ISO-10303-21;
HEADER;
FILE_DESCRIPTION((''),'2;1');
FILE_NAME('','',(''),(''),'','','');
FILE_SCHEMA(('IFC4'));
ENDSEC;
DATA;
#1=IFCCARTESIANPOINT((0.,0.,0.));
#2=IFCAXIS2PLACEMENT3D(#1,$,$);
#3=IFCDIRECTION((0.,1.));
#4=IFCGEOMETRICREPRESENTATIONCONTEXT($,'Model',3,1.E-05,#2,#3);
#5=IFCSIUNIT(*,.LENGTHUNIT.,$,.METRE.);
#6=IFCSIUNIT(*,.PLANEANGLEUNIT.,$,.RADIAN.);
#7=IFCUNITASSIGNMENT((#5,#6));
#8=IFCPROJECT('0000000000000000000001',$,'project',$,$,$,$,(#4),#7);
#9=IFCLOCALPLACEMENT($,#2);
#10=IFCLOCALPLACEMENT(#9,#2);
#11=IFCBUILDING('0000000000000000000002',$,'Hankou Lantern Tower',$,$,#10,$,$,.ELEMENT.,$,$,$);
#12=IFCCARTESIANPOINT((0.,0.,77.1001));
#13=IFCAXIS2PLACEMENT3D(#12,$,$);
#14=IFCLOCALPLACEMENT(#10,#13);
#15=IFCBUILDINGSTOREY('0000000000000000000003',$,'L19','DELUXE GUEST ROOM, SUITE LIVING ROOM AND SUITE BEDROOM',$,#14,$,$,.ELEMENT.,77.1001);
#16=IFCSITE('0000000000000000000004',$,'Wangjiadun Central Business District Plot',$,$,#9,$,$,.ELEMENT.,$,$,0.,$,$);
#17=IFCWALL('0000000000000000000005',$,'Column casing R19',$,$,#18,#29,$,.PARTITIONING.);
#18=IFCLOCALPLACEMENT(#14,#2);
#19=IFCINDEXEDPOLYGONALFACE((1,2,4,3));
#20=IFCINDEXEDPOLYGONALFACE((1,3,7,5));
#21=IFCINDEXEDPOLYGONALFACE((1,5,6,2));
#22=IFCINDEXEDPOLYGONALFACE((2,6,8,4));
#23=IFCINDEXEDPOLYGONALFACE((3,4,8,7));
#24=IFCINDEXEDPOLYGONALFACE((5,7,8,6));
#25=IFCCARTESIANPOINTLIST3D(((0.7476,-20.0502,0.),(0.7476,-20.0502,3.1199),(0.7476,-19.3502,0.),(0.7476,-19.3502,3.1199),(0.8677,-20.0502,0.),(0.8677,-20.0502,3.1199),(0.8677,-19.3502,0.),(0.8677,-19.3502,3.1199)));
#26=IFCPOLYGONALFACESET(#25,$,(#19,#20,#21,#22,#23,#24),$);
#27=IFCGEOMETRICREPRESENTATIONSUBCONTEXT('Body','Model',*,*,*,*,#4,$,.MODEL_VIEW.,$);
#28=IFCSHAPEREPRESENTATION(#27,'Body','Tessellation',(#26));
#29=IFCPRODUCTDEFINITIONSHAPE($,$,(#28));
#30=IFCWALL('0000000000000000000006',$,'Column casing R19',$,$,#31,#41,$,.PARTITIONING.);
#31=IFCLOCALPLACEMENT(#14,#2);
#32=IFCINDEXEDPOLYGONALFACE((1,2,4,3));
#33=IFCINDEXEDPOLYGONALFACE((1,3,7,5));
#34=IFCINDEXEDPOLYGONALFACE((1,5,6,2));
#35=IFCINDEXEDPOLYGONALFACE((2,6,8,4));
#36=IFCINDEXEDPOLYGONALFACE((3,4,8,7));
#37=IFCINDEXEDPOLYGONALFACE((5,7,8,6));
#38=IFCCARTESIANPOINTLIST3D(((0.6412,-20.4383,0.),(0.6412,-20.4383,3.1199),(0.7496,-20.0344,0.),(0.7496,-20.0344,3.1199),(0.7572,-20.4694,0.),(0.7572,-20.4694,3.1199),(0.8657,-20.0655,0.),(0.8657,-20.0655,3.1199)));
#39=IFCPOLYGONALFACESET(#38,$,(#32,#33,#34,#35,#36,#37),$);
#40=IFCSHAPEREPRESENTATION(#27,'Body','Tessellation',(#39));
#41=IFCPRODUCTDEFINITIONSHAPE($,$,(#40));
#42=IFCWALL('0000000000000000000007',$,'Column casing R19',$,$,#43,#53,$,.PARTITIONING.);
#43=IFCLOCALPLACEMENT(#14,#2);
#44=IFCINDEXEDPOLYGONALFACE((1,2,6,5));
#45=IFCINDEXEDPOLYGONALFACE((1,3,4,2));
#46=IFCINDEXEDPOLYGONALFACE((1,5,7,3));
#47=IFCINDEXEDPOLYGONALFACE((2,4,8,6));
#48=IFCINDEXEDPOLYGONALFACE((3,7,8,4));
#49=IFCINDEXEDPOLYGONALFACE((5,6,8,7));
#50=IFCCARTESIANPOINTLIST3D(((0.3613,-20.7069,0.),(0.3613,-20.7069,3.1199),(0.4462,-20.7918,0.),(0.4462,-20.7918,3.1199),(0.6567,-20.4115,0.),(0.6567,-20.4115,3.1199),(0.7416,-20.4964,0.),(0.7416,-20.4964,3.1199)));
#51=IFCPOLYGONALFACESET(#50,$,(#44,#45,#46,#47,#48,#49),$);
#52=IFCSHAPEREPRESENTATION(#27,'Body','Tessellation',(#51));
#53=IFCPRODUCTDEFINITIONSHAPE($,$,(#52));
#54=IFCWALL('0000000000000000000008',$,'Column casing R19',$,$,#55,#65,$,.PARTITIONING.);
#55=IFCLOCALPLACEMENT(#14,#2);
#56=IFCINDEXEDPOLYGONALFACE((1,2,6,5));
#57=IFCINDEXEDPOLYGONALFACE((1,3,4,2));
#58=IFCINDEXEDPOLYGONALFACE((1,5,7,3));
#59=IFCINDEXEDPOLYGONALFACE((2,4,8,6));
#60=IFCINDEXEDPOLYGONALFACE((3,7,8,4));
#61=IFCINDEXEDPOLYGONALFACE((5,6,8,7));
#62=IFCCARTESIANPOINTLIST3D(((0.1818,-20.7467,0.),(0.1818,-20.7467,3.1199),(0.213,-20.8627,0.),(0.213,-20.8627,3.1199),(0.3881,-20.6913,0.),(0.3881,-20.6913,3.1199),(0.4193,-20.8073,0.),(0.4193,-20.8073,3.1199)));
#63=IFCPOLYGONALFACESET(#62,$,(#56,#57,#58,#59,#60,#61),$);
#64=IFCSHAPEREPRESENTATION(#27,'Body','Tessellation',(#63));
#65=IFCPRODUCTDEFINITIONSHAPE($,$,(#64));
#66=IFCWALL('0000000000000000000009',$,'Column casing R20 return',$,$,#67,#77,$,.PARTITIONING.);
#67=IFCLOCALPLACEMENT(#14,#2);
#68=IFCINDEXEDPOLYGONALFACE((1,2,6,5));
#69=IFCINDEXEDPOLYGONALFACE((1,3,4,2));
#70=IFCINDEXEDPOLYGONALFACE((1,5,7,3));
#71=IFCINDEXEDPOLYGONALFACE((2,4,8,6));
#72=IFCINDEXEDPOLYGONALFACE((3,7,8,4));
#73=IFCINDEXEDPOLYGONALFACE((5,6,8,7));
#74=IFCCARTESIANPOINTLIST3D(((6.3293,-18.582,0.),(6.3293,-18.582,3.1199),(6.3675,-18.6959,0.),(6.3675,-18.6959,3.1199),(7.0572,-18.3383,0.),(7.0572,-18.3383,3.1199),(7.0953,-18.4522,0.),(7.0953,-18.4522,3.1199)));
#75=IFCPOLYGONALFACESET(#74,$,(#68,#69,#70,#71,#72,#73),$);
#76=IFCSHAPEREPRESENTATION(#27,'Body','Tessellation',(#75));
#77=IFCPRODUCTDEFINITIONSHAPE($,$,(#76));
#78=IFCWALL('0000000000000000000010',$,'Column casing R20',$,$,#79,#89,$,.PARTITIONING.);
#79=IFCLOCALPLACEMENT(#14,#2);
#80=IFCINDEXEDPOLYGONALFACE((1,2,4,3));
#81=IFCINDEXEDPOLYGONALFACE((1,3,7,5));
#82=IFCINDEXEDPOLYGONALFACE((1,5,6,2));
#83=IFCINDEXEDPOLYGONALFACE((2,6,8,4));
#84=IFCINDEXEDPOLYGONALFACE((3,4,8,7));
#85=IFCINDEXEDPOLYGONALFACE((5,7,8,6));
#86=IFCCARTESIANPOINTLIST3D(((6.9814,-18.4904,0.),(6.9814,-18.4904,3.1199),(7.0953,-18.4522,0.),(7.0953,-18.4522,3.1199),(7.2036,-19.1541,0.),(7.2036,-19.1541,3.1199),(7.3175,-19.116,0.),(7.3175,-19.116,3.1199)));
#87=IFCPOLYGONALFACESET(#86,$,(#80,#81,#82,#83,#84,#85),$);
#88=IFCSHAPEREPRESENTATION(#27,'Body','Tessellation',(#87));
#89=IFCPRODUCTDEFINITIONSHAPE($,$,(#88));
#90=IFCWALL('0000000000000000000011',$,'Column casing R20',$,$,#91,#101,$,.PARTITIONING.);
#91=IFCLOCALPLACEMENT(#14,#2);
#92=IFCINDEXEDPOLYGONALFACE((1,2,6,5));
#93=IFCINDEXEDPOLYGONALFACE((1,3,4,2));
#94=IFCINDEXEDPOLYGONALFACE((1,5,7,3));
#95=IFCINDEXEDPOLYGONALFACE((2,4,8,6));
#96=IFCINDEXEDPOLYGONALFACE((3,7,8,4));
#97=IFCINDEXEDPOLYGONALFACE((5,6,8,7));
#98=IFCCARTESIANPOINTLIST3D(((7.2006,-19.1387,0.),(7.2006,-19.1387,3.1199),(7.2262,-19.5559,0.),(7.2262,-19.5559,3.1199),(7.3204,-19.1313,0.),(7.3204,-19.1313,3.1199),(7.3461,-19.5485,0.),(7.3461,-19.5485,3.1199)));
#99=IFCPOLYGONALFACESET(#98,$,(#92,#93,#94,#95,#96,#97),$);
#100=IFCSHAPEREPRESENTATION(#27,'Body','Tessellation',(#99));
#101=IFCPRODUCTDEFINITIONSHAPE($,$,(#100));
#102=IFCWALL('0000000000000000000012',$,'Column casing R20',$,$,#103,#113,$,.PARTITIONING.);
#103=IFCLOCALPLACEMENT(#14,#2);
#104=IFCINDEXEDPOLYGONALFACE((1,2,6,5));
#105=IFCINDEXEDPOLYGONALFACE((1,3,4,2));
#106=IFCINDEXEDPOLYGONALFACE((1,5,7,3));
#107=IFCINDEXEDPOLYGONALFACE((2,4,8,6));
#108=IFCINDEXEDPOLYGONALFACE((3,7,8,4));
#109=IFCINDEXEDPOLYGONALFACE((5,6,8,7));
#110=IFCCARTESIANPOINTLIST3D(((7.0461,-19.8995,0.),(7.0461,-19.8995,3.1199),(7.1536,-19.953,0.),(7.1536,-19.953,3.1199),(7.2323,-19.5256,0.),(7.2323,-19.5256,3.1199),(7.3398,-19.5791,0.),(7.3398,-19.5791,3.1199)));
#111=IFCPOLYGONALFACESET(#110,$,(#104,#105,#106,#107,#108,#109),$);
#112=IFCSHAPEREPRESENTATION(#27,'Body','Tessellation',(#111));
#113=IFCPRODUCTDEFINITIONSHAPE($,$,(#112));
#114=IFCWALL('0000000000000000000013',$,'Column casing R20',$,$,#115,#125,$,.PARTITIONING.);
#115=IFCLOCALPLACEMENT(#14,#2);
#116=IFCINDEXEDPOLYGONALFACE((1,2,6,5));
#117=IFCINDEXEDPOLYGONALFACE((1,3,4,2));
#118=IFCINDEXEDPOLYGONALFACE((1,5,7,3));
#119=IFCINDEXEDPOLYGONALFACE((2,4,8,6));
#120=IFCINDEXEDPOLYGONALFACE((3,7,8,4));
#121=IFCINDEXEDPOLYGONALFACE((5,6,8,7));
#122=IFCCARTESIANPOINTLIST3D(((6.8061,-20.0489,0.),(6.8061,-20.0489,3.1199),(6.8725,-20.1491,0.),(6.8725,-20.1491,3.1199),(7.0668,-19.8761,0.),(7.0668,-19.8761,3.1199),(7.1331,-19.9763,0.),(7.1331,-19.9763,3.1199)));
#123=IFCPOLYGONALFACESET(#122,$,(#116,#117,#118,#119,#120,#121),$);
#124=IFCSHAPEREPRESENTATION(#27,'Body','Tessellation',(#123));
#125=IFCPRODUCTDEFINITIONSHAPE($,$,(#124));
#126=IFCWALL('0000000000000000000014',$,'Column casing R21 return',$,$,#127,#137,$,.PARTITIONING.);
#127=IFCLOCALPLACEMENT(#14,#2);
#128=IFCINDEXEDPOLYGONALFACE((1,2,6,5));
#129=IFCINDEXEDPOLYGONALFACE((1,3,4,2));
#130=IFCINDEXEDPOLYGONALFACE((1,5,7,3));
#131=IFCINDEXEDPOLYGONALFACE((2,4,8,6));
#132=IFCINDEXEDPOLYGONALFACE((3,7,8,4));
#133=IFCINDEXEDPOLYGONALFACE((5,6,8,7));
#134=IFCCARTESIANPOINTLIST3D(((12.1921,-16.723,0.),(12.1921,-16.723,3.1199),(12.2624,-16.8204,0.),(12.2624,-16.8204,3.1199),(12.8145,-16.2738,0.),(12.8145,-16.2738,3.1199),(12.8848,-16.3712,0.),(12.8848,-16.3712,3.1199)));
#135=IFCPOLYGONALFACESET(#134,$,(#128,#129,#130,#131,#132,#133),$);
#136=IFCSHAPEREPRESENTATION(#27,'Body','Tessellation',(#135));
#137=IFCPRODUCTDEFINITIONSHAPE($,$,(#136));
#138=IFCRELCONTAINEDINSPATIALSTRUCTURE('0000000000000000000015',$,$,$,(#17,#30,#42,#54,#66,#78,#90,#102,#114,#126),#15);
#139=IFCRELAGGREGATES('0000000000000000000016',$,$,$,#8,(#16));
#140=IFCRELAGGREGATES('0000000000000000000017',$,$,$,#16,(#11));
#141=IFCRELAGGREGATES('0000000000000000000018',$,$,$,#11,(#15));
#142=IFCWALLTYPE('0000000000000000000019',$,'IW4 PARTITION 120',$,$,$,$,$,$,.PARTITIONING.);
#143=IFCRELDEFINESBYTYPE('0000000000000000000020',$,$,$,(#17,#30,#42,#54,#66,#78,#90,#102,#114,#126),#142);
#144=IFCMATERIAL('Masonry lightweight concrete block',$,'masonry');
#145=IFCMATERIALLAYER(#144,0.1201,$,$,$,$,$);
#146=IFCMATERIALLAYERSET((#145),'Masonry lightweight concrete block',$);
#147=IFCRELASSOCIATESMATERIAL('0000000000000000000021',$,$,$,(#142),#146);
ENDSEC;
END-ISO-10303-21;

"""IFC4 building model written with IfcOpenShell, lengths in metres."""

from ifc_helpers import new_model, si_unit, direction, frame, frame_2d, origin, place, context, subcontext, project, spatial, rectangle, extrude, material, layer, layer_set, type_object, element, save


model = new_model("IFC4")

# Units and contexts
model_context = context("Model", 3, precision=1e-05, world=origin(), true_north=direction((0.0, 1.0)))
body_context = subcontext(model_context, "Body", "Model", "MODEL_VIEW")
ifc_project = project(units=[si_unit("LENGTHUNIT", "METRE"), si_unit("PLANEANGLEUNIT", "RADIAN")], contexts=[model_context])

# Site, building, storey
site_placement = place(None, origin())
site = spatial("IfcSite", under=ifc_project, at=site_placement, Name="Wangjiadun Central Business District Plot", CompositionType="ELEMENT", RefElevation=0.0)
building_placement = place(site_placement, origin())
building = spatial("IfcBuilding", under=site, at=building_placement, Name="Hankou Lantern Tower", CompositionType="ELEMENT")
storey_placement = place(building_placement, frame((0.0, 0.0, 77.1001)))
storey = spatial("IfcBuildingStorey", under=building, at=storey_placement, Name="L19", Description="DELUXE GUEST ROOM, SUITE LIVING ROOM AND SUITE BEDROOM", CompositionType="ELEMENT", Elevation=77.1001)

# Walls
ifc_material_1 = material(Name="Masonry lightweight concrete block", Category="masonry")
ifc_layer_1 = layer(ifc_material_1, 0.1201)
ifc_layer_set_1 = layer_set([ifc_layer_1], Name="Masonry lightweight concrete block")
wall_type_1 = type_object("IfcWallType", Name="IW4 PARTITION 120", PredefinedType="PARTITIONING", material=ifc_layer_set_1)
wall_1_placement = place(storey_placement, frame((0.8076, -19.3501, 0.0), z_axis=(0.0, 0.0, 1.0), x_axis=(0.0, -1.0, 0.0)))
element("IfcWall", 1, at=wall_1_placement, inside=storey, type_object=wall_type_1, Name="Column casing R19", PredefinedType="PARTITIONING", context=body_context, shape_type="SweptSolid", body=[
    extrude(rectangle(XDim=0.7, YDim=0.1201, at=frame_2d((0.3501, 0.0))), origin(), (0.0, 0.0, 1.0), 3.1199),
])
wall_2_placement = place(storey_placement, frame((0.8076, -20.05, 0.0), z_axis=(0.0, 0.0, 1.0), x_axis=(-0.259261, -0.965807, 0.0)))
element("IfcWall", 2, at=wall_2_placement, inside=storey, type_object=wall_type_1, Name="Column casing R19", PredefinedType="PARTITIONING", context=body_context, shape_type="SweptSolid", body=[
    extrude(rectangle(XDim=0.4182, YDim=0.1201, at=frame_2d((0.209, 0.0))), origin(), (0.0, 0.0, 1.0), 3.1199),
])
wall_3_placement = place(storey_placement, frame((0.6992, -20.4539, 0.0), z_axis=(0.0, 0.0, 1.0), x_axis=(-0.707107, -0.707107, 0.0)))
element("IfcWall", 3, at=wall_3_placement, inside=storey, type_object=wall_type_1, Name="Column casing R19", PredefinedType="PARTITIONING", context=body_context, shape_type="SweptSolid", body=[
    extrude(rectangle(XDim=0.4177, YDim=0.1201, at=frame_2d((0.209, 0.0))), origin(), (0.0, 0.0, 1.0), 3.1199),
])
wall_4_placement = place(storey_placement, frame((0.4038, -20.7493, 0.0), z_axis=(0.0, 0.0, 1.0), x_axis=(-0.965759, -0.259441, 0.0)))
element("IfcWall", 4, at=wall_4_placement, inside=storey, type_object=wall_type_1, Name="Column casing R19", PredefinedType="PARTITIONING", context=body_context, shape_type="SweptSolid", body=[
    extrude(rectangle(XDim=0.2136, YDim=0.1201, at=frame_2d((0.1069, 0.0))), origin(), (0.0, 0.0, 1.0), 3.1199),
])
wall_5_placement = place(storey_placement, frame((6.3484, -18.6389, 0.0), z_axis=(0.0, 0.0, 1.0), x_axis=(0.948269, 0.317468, 0.0)))
element("IfcWall", 5, at=wall_5_placement, inside=storey, type_object=wall_type_1, Name="Column casing R20 return", PredefinedType="PARTITIONING", context=body_context, shape_type="SweptSolid", body=[
    extrude(rectangle(XDim=0.7676, YDim=0.1201, at=frame_2d((0.3838, 0.0))), origin(), (0.0, 0.0, 1.0), 3.1199),
])
wall_6_placement = place(storey_placement, frame((7.0383, -18.4712, 0.0), z_axis=(0.0, 0.0, 1.0), x_axis=(0.317378, -0.948299, 0.0)))
element("IfcWall", 6, at=wall_6_placement, inside=storey, type_object=wall_type_1, Name="Column casing R20", PredefinedType="PARTITIONING", context=body_context, shape_type="SweptSolid", body=[
    extrude(rectangle(XDim=0.7, YDim=0.1201, at=frame_2d((0.3501, 0.0))), origin(), (0.0, 0.0, 1.0), 3.1199),
])
wall_7_placement = place(storey_placement, frame((7.2605, -19.135, 0.0), z_axis=(0.0, 0.0, 1.0), x_axis=(0.061324, -0.998118, 0.0)))
element("IfcWall", 7, at=wall_7_placement, inside=storey, type_object=wall_type_1, Name="Column casing R20", PredefinedType="PARTITIONING", context=body_context, shape_type="SweptSolid", body=[
    extrude(rectangle(XDim=0.418, YDim=0.1201, at=frame_2d((0.209, 0.0))), origin(), (0.0, 0.0, 1.0), 3.1199),
])
wall_8_placement = place(storey_placement, frame((7.2861, -19.5522, 0.0), z_axis=(0.0, 0.0, 1.0), x_axis=(-0.445811, -0.895127, 0.0)))
element("IfcWall", 8, at=wall_8_placement, inside=storey, type_object=wall_type_1, Name="Column casing R20", PredefinedType="PARTITIONING", context=body_context, shape_type="SweptSolid", body=[
    extrude(rectangle(XDim=0.4177, YDim=0.1201, at=frame_2d((0.209, 0.0))), origin(), (0.0, 0.0, 1.0), 3.1199),
])
wall_9_placement = place(storey_placement, frame((7.0999, -19.9263, 0.0), z_axis=(0.0, 0.0, 1.0), x_axis=(-0.833488, -0.552537, 0.0)))
element("IfcWall", 9, at=wall_9_placement, inside=storey, type_object=wall_type_1, Name="Column casing R20", PredefinedType="PARTITIONING", context=body_context, shape_type="SweptSolid", body=[
    extrude(rectangle(XDim=0.3127, YDim=0.1201, at=frame_2d((0.1562, 0.0))), origin(), (0.0, 0.0, 1.0), 3.1199),
])
wall_10_placement = place(storey_placement, frame((12.2273, -16.7717, 0.0), z_axis=(0.0, 0.0, 1.0), x_axis=(0.810822, 0.585293, 0.0)))
element("IfcWall", 10, at=wall_10_placement, inside=storey, type_object=wall_type_1, Name="Column casing R21 return", PredefinedType="PARTITIONING", context=body_context, shape_type="SweptSolid", body=[
    extrude(rectangle(XDim=0.7676, YDim=0.1201, at=frame_2d((0.3838, 0.0))), origin(), (0.0, 0.0, 1.0), 3.1199),
])

save(model, "model.ifc")
